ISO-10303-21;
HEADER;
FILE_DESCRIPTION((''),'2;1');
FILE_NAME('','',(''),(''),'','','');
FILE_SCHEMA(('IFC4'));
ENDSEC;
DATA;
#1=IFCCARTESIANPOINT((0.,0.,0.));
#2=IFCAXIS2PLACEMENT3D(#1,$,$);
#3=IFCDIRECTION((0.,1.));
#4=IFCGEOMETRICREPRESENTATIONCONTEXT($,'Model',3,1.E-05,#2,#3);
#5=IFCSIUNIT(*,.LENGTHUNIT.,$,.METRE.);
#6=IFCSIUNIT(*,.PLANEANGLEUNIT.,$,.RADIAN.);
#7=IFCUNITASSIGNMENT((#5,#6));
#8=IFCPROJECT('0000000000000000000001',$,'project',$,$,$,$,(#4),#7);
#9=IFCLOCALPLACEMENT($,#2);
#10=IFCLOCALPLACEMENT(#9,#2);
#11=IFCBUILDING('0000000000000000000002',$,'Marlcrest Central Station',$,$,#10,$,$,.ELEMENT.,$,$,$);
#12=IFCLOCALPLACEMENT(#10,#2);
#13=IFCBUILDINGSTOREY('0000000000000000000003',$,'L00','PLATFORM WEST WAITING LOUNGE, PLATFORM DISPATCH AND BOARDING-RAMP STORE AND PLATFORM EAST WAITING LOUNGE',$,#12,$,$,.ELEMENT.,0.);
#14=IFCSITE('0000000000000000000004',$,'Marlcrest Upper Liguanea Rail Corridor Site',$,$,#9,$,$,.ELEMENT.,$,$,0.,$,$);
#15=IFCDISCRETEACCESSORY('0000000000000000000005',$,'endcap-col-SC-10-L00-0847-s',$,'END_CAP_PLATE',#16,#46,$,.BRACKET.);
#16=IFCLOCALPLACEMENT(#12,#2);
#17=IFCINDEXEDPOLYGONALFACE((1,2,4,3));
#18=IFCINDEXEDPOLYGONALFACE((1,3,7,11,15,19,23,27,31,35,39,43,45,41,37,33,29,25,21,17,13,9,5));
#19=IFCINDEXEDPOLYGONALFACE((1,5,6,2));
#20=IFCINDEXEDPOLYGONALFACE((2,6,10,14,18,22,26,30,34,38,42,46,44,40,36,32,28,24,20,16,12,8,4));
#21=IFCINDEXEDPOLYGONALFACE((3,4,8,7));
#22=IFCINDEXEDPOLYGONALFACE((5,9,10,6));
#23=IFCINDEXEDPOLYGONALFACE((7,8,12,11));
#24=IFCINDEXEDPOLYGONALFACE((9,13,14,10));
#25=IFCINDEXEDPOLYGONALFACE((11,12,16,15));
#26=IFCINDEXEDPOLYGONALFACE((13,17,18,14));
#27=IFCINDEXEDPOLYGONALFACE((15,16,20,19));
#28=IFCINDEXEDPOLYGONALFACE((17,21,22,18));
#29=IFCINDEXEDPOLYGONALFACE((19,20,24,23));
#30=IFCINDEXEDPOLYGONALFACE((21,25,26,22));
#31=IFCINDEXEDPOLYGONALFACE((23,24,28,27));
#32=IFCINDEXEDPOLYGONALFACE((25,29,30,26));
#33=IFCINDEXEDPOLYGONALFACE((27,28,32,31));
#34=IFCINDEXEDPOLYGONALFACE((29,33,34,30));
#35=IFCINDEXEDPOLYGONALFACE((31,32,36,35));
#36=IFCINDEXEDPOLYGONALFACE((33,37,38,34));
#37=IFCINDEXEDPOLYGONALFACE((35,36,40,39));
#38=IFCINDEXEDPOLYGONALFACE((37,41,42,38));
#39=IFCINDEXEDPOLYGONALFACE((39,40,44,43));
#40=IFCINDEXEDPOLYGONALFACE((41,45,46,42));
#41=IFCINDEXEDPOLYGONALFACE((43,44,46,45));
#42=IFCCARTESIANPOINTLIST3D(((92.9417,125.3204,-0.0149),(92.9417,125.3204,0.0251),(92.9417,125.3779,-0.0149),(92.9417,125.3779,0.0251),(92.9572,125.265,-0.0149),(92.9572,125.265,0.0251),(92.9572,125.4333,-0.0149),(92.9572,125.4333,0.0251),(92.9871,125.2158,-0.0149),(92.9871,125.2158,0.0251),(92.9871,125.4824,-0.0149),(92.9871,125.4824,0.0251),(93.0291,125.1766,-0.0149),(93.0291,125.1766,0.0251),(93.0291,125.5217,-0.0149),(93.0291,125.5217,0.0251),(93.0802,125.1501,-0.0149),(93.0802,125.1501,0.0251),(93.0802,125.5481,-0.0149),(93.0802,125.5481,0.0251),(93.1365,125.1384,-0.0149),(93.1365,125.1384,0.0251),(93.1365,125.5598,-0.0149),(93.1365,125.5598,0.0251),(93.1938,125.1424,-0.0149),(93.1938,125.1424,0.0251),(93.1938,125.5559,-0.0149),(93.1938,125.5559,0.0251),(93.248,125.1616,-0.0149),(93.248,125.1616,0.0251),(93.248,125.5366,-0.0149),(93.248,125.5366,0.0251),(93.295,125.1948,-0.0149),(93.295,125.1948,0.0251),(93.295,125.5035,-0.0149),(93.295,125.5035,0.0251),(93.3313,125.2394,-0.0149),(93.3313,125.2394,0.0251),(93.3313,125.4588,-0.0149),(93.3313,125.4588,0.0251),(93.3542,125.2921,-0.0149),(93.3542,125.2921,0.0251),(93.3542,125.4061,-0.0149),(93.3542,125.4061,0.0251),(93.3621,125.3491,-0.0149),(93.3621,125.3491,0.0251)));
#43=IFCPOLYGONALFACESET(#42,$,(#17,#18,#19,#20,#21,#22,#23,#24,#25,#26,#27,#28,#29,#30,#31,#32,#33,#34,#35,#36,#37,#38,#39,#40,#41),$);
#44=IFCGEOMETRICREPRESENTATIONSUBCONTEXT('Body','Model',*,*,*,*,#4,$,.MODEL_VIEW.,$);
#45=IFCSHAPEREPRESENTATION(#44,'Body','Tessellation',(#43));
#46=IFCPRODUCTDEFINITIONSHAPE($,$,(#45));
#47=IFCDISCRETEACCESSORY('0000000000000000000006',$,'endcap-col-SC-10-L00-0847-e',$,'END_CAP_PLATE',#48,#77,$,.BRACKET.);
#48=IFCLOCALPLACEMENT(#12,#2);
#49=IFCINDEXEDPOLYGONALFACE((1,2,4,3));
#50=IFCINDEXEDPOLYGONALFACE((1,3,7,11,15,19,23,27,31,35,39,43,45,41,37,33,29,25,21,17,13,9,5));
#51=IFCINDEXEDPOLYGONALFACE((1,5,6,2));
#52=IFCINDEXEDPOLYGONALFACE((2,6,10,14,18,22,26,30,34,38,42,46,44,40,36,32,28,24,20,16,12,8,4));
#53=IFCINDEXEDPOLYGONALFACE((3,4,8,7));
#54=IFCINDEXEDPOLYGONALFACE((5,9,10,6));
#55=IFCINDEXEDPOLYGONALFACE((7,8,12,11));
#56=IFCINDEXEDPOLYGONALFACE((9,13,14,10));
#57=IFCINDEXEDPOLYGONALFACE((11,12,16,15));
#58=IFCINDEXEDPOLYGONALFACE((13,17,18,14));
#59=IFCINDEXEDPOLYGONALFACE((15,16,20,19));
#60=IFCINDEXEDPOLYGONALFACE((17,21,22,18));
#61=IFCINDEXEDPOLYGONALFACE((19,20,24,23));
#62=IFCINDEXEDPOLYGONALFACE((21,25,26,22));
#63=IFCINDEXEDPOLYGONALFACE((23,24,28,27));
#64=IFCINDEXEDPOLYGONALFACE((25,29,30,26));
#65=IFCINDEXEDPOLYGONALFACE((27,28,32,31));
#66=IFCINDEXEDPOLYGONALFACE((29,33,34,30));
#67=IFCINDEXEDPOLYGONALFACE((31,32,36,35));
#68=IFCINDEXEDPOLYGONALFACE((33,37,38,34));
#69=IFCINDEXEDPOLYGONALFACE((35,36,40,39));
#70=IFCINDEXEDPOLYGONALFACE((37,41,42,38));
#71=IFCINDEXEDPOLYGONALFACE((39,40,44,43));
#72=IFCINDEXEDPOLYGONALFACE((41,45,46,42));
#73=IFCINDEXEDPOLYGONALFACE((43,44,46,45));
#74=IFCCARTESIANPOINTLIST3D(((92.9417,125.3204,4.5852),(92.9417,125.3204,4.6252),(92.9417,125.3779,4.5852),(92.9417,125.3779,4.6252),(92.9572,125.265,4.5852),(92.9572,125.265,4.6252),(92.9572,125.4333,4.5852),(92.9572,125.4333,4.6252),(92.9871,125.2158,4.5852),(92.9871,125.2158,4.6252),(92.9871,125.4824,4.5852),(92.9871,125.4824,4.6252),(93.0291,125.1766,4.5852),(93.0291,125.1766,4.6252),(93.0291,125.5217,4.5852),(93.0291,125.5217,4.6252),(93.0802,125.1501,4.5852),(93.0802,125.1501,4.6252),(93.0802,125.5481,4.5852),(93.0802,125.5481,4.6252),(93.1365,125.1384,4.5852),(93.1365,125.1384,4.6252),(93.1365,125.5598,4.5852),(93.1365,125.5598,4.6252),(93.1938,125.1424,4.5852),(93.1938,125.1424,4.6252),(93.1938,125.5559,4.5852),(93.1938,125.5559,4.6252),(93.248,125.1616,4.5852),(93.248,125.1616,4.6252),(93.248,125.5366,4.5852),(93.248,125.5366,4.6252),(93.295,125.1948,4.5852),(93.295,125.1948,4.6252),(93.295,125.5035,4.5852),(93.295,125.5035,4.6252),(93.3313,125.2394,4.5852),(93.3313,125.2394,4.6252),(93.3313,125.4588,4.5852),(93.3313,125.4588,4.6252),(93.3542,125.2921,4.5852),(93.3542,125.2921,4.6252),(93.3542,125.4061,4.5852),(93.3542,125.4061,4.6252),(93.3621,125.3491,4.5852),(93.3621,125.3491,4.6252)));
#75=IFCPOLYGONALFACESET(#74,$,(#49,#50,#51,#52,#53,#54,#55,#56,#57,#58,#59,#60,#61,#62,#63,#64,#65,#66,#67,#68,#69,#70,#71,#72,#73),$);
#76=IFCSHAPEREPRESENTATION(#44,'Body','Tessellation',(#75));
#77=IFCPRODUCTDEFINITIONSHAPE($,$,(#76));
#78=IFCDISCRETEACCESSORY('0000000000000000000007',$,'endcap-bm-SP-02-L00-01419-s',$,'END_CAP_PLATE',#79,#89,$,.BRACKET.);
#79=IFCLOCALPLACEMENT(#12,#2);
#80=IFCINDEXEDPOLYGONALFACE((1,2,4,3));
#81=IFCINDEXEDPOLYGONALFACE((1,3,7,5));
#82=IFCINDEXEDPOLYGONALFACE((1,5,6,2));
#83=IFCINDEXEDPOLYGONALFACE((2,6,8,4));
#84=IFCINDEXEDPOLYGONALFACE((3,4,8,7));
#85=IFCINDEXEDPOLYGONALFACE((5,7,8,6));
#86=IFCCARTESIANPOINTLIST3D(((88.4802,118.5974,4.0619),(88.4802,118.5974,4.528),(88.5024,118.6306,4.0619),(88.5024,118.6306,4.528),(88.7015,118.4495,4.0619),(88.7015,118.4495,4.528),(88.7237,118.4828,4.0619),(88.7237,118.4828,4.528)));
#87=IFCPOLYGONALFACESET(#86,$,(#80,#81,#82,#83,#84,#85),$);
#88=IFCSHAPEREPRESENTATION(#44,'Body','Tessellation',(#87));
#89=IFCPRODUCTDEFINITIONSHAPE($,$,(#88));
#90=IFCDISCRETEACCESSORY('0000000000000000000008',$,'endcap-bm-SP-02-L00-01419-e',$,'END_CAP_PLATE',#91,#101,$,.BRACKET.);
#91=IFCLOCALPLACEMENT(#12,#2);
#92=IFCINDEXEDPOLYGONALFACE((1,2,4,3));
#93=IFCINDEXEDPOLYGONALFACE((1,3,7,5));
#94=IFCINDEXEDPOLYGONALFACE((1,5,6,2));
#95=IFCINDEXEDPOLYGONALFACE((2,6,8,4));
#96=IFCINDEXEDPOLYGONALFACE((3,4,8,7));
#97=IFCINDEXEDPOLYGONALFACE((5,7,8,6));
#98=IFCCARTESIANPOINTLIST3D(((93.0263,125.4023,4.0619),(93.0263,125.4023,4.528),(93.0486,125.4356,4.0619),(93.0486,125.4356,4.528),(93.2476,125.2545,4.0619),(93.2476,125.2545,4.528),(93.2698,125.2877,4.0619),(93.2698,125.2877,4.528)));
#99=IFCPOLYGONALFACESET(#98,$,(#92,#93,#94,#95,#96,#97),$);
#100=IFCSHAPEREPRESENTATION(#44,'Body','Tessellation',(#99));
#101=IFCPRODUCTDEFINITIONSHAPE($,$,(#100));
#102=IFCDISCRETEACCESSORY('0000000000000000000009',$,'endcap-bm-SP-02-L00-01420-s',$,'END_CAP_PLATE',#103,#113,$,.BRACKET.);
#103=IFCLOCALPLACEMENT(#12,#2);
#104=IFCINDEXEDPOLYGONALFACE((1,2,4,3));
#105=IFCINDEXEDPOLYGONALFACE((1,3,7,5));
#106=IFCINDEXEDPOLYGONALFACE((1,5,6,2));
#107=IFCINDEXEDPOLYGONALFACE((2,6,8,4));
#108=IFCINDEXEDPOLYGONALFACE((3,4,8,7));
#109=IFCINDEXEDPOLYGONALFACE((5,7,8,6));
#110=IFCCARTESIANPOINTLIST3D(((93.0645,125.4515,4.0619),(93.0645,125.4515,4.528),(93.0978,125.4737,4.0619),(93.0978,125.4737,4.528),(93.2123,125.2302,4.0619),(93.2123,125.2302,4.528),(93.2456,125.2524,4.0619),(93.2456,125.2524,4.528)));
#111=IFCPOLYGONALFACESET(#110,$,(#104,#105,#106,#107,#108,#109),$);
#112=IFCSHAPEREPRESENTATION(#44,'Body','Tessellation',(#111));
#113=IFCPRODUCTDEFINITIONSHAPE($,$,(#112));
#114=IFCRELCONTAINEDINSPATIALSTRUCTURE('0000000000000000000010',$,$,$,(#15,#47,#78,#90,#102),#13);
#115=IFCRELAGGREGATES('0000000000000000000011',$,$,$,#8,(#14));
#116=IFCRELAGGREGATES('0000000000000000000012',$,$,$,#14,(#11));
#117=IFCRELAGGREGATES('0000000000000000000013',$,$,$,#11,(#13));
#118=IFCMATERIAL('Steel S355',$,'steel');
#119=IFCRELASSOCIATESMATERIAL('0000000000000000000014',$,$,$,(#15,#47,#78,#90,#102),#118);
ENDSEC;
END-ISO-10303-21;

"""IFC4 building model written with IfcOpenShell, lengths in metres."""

from ifc_helpers import new_model, si_unit, direction, frame, origin, origin_2d, place, context, subcontext, project, spatial, rectangle, circle, extrude, material, element, save


model = new_model("IFC4")

# Units and contexts
model_context = context("Model", 3, precision=1e-05, world=origin(), true_north=direction((0.0, 1.0)))
body_context = subcontext(model_context, "Body", "Model", "MODEL_VIEW")
ifc_project = project(units=[si_unit("LENGTHUNIT", "METRE"), si_unit("PLANEANGLEUNIT", "RADIAN")], contexts=[model_context])

# Site, building, storey
site_placement = place(None, origin())
site = spatial("IfcSite", under=ifc_project, at=site_placement, Name="Marlcrest Upper Liguanea Rail Corridor Site", CompositionType="ELEMENT", RefElevation=0.0)
building_placement = place(site_placement, origin())
building = spatial("IfcBuilding", under=site, at=building_placement, Name="Marlcrest Central Station", CompositionType="ELEMENT")
storey_placement = place(building_placement, origin())
storey = spatial("IfcBuildingStorey", under=building, at=storey_placement, Name="L00", Description="PLATFORM WEST WAITING LOUNGE, PLATFORM DISPATCH AND BOARDING-RAMP STORE AND PLATFORM EAST WAITING LOUNGE", CompositionType="ELEMENT", Elevation=0.0)

# Shared definitions
ifc_material_1 = material(Name="Steel S355", Category="steel")

# Discrete accessories
for number, where, z_axis, x_axis, name in (
    (1, (93.1509, 125.3491, -0.0149), (0.0, 0.0, 1.0), (1.0, 0.0, 0.0), "endcap-col-SC-10-L00-0847-s"),
    (2, (93.1509, 125.3491, 4.5852), (0.0, 0.0, 1.0), (1.0, 0.0, 0.0), "endcap-col-SC-10-L00-0847-e"),
):
    element("IfcDiscreteAccessory", number, at=place(storey_placement, frame(where, z_axis=z_axis, x_axis=x_axis)), inside=storey, material=ifc_material_1, Name=name, ObjectType="END_CAP_PLATE", PredefinedType="BRACKET", context=body_context, shape_type="SweptSolid", body=[
        extrude(circle(Radius=0.2112, at=origin_2d()), origin(), (0.0, 0.0, 1.0), 0.04),
    ])
for number, where, z_axis, x_axis, name in (
    (3, (88.5908, 118.5234, 4.2949), (0.555511, 0.831509, 0.0), (-0.831509, 0.555511, 0.0), "endcap-bm-SP-02-L00-01419-s"),
    (4, (93.137, 125.3284, 4.2949), (0.555511, 0.831509, 0.0), (-0.831509, 0.555511, 0.0), "endcap-bm-SP-02-L00-01419-e"),
    (5, (93.1384, 125.3408, 4.2949), (0.831509, 0.555511, 0.0), (-0.555511, 0.831509, 0.0), "endcap-bm-SP-02-L00-01420-s"),
):
    element("IfcDiscreteAccessory", number, at=place(storey_placement, frame(where, z_axis=z_axis, x_axis=x_axis)), inside=storey, material=ifc_material_1, Name=name, ObjectType="END_CAP_PLATE", PredefinedType="BRACKET", context=body_context, shape_type="SweptSolid", body=[
        extrude(rectangle(XDim=0.2661, YDim=0.4661, at=origin_2d()), origin(), (0.0, 0.0, 1.0), 0.04),
    ])

save(model, "model.ifc")
